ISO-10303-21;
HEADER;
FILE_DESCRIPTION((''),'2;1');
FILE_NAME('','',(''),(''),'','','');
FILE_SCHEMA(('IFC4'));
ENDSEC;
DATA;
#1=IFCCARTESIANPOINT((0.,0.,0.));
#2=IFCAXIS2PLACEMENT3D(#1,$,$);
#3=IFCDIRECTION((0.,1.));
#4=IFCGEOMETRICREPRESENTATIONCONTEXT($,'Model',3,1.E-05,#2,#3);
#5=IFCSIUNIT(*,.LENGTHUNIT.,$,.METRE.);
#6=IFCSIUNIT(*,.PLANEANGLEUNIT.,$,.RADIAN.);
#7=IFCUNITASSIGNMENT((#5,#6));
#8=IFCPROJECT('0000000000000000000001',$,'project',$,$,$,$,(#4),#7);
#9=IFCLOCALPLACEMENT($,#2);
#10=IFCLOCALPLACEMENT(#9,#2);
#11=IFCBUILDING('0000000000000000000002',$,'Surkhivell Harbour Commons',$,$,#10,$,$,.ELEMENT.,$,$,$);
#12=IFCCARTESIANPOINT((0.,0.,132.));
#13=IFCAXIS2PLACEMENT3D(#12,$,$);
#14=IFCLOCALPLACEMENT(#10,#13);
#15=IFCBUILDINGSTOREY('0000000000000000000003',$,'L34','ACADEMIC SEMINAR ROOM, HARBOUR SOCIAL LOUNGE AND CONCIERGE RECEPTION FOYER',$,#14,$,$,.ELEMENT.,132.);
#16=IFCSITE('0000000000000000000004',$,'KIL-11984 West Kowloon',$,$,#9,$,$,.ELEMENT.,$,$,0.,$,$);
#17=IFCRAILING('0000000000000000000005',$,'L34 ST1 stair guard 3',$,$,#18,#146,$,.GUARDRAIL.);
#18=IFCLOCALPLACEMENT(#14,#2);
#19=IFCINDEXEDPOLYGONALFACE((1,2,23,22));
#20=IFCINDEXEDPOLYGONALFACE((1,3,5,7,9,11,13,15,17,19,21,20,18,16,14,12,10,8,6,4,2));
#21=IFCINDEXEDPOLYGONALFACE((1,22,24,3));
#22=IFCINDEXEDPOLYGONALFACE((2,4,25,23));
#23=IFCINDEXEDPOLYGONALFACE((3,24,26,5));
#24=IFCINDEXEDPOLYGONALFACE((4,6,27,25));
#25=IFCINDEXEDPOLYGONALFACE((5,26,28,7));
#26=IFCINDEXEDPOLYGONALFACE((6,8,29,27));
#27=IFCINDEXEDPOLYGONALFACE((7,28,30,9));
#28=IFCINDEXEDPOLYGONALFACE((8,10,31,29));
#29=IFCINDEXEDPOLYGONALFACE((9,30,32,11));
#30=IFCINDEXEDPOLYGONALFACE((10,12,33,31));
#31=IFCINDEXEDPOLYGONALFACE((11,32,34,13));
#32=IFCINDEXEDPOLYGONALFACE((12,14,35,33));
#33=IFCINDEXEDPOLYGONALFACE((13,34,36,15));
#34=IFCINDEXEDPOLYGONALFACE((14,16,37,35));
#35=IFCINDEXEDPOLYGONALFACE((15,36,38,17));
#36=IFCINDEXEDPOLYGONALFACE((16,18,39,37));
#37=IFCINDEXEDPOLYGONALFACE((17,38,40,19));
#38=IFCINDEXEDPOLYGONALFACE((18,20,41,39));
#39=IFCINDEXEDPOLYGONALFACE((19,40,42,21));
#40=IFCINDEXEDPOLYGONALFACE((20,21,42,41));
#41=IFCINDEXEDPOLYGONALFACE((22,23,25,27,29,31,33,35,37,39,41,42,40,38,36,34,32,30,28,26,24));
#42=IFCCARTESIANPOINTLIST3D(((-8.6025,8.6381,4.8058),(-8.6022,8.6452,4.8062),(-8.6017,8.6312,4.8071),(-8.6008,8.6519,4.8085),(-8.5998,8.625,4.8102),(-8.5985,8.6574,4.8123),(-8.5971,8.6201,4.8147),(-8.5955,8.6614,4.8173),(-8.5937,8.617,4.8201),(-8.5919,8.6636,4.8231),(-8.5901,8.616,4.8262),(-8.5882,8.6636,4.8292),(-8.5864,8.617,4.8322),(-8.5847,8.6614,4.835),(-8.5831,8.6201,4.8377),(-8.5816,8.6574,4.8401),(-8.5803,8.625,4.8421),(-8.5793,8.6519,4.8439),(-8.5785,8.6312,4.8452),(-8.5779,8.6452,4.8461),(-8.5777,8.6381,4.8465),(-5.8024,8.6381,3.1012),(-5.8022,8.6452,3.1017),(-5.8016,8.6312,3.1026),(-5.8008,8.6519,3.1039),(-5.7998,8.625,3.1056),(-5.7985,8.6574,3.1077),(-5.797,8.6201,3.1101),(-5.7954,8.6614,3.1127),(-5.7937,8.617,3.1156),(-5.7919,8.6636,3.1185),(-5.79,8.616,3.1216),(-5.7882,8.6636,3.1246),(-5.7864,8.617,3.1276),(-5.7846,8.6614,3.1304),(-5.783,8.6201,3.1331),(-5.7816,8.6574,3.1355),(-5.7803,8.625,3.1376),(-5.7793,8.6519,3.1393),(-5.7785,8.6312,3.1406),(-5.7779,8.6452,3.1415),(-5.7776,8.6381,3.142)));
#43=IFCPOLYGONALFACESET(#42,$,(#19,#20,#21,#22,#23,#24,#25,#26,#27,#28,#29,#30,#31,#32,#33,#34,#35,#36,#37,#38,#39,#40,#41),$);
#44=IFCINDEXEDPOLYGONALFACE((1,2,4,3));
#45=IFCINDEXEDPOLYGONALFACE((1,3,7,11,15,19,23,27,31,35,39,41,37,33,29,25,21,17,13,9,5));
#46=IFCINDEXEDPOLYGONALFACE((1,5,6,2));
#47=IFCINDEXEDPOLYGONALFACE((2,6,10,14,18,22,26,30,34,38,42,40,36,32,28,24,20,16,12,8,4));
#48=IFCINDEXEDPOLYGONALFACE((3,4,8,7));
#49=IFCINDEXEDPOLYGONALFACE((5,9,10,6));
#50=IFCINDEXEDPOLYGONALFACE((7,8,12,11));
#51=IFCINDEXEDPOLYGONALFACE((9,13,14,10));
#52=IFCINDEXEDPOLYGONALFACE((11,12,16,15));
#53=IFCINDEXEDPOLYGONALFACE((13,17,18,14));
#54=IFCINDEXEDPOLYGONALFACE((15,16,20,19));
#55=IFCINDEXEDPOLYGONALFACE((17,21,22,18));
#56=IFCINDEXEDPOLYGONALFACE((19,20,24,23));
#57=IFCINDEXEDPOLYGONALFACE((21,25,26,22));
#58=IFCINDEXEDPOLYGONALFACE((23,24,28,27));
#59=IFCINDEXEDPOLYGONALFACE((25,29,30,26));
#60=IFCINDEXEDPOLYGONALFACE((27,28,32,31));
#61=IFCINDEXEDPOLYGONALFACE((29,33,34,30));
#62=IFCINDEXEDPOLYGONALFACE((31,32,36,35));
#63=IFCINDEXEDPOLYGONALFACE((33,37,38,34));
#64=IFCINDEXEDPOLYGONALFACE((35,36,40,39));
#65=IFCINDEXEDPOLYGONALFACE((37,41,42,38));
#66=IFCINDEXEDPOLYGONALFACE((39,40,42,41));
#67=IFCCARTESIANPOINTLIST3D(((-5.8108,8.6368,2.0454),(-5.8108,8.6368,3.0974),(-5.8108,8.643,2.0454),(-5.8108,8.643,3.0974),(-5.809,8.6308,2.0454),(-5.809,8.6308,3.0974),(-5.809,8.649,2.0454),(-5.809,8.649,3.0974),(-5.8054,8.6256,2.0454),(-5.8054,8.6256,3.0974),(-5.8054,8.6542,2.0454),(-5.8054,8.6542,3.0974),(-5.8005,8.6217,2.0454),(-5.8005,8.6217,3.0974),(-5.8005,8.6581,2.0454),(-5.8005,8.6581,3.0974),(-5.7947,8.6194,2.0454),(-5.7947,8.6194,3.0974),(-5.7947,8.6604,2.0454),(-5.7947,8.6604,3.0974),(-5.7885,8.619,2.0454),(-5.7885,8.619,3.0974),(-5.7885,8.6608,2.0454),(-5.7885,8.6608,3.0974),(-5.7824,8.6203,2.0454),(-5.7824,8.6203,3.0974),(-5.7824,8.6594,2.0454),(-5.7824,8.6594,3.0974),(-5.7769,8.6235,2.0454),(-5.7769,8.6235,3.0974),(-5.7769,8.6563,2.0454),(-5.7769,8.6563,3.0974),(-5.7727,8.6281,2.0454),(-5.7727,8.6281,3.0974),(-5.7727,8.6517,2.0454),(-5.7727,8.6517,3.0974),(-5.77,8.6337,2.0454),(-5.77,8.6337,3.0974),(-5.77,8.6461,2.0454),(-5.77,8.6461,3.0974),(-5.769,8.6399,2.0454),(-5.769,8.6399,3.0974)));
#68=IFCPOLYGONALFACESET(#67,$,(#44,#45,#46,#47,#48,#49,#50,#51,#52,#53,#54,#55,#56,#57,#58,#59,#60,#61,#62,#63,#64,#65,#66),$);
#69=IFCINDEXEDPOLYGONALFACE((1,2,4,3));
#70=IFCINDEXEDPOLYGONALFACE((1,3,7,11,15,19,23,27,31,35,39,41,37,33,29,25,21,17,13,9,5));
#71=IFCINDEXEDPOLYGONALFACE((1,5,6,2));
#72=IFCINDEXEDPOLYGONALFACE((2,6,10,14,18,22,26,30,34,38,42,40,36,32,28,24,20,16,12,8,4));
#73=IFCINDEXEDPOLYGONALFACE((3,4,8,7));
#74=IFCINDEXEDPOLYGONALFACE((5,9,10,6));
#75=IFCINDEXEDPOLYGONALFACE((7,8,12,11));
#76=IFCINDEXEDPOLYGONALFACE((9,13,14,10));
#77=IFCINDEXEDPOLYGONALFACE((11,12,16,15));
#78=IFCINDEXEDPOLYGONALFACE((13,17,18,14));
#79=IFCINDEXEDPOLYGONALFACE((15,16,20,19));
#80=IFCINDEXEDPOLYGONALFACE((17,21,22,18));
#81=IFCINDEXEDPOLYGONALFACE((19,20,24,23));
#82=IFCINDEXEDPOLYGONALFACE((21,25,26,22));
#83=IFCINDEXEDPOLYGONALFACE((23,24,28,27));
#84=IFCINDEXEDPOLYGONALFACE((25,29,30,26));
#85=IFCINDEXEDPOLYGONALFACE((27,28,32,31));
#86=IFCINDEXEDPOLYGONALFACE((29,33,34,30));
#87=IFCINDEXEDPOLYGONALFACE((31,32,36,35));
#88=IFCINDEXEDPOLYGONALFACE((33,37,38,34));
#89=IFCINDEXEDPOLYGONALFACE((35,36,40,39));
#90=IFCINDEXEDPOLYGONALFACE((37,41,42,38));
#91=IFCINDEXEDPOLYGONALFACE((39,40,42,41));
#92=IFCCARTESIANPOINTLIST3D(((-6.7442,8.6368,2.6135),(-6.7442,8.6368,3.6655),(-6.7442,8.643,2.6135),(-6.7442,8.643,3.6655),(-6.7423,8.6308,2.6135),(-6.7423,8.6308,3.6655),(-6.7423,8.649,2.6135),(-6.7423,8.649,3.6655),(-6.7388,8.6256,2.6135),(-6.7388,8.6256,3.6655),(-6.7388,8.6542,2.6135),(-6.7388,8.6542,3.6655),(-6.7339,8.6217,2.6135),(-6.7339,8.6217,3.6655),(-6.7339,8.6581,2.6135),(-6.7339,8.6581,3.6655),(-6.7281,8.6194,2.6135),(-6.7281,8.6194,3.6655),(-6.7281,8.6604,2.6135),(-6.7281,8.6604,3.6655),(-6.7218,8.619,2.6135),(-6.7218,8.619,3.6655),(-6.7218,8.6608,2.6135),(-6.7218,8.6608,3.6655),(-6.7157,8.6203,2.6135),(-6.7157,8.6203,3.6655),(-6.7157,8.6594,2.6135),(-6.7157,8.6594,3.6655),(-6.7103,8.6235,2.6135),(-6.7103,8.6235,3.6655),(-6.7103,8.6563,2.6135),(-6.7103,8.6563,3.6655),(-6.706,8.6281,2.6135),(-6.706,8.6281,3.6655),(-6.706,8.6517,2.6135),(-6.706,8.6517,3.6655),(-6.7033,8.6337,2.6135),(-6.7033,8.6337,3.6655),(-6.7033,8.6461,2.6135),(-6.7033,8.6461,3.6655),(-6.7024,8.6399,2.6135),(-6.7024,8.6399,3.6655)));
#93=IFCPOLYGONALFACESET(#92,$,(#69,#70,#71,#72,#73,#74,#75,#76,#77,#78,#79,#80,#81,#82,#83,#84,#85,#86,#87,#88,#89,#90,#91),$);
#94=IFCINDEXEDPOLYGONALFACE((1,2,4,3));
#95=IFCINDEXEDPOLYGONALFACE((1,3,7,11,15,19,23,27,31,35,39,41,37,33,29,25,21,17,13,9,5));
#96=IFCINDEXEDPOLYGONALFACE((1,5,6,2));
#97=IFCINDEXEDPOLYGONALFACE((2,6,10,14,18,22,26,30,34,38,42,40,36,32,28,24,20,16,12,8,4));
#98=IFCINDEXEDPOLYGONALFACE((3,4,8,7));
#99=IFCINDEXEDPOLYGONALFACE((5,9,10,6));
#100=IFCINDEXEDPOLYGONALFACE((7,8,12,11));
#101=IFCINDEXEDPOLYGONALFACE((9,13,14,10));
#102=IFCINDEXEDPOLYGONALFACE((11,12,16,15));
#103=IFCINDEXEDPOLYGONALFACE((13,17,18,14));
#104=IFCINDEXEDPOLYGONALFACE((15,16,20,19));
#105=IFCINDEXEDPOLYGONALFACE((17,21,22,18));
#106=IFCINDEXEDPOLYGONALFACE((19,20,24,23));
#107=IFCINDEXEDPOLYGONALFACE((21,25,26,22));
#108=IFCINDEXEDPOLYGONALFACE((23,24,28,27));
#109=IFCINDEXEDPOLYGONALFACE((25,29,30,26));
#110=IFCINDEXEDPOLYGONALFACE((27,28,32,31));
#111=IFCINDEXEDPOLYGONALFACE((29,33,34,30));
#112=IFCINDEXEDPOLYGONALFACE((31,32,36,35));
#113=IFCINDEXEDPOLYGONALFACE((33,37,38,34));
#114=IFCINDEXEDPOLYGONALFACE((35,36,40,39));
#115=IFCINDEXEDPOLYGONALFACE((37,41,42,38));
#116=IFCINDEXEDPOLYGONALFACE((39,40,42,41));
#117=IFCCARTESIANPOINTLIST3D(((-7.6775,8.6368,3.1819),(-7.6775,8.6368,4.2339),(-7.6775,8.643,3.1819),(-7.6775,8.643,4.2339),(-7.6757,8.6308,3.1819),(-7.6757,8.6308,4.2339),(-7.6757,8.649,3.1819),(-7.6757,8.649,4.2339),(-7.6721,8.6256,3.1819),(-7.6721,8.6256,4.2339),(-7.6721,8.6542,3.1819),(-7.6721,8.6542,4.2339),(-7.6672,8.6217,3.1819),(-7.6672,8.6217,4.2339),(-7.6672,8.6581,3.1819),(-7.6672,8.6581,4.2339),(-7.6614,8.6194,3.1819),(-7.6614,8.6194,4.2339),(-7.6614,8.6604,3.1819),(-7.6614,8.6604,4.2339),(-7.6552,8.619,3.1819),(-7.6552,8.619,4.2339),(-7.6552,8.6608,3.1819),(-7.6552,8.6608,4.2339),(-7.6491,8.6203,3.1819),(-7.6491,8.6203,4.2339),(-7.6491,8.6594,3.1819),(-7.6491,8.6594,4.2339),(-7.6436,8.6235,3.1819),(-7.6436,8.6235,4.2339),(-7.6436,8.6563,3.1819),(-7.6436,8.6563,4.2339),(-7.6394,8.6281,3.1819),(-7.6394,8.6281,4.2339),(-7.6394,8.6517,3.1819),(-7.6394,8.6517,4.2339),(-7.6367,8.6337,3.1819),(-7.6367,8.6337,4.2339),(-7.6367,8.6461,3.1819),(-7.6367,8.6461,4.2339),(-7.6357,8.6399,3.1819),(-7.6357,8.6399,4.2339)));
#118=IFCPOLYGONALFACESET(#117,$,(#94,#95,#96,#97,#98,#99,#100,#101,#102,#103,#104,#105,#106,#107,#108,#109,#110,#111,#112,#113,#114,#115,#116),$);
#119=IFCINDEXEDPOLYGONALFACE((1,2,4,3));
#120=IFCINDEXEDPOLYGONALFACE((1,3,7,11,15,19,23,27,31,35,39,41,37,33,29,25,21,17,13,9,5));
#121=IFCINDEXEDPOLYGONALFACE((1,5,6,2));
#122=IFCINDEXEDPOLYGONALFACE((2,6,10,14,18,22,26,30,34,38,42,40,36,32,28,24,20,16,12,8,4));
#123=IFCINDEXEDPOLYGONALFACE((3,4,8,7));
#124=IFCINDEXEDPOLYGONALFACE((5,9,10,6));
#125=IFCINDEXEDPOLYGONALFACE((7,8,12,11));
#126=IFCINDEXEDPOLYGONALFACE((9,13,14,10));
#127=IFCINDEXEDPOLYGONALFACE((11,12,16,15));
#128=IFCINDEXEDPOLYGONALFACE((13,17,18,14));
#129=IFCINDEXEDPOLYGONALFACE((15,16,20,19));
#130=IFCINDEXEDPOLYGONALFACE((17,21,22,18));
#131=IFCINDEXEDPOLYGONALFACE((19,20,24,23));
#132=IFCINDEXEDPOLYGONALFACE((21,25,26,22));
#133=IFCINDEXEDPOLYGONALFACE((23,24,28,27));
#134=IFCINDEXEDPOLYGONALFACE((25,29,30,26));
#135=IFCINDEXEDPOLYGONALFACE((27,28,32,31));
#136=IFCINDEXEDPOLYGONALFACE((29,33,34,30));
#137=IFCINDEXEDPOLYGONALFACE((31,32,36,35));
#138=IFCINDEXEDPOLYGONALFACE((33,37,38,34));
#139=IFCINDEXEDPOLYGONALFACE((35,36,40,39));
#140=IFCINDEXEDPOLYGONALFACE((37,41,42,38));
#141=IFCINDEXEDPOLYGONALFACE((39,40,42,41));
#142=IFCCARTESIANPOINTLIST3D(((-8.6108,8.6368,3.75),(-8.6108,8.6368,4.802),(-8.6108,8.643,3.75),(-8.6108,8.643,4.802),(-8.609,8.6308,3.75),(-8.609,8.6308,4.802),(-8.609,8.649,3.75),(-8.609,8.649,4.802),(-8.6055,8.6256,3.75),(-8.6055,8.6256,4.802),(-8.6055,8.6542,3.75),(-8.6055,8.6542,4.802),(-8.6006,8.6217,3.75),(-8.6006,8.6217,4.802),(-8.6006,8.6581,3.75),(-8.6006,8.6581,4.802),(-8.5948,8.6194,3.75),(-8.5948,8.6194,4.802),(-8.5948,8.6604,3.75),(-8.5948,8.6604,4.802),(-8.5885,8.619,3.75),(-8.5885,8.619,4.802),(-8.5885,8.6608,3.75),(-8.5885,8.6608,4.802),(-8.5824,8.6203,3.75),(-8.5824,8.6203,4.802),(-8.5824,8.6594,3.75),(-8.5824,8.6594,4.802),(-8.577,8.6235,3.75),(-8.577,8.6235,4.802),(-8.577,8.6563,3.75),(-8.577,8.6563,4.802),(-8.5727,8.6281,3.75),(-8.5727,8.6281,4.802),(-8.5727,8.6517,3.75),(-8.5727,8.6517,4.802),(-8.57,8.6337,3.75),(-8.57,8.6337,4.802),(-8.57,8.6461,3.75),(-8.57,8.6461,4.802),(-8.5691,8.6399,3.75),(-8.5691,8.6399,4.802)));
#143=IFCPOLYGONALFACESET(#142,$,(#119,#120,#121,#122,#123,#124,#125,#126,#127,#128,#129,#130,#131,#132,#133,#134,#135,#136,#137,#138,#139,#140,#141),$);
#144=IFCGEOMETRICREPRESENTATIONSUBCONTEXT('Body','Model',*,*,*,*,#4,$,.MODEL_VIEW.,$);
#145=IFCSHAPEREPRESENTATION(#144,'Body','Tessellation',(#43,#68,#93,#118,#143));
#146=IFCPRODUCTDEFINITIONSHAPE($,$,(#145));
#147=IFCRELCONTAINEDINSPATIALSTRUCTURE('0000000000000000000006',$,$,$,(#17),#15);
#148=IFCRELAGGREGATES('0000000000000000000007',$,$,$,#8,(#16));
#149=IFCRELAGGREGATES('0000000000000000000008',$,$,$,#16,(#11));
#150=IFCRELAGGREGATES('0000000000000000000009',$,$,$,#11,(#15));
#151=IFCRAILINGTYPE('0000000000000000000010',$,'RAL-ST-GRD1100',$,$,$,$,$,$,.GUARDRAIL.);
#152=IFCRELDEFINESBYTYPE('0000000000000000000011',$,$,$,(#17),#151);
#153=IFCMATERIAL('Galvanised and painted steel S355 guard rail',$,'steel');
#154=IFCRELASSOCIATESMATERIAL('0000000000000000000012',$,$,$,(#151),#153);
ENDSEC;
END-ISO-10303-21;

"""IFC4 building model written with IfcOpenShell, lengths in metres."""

from ifc_helpers import new_model, si_unit, direction, frame, origin, origin_2d, place, context, subcontext, project, spatial, circle, extrude, material, type_object, element, save


model = new_model("IFC4")

# Units and contexts
model_context = context("Model", 3, precision=1e-05, world=origin(), true_north=direction((0.0, 1.0)))
body_context = subcontext(model_context, "Body", "Model", "MODEL_VIEW")
ifc_project = project(units=[si_unit("LENGTHUNIT", "METRE"), si_unit("PLANEANGLEUNIT", "RADIAN")], contexts=[model_context])

# Site, building, storey
site_placement = place(None, origin())
site = spatial("IfcSite", under=ifc_project, at=site_placement, Name="KIL-11984 West Kowloon", CompositionType="ELEMENT", RefElevation=0.0)
building_placement = place(site_placement, origin())
building = spatial("IfcBuilding", under=site, at=building_placement, Name="Surkhivell Harbour Commons", CompositionType="ELEMENT")
storey_placement = place(building_placement, frame((0.0, 0.0, 132.0)))
storey = spatial("IfcBuildingStorey", under=building, at=storey_placement, Name="L34", Description="ACADEMIC SEMINAR ROOM, HARBOUR SOCIAL LOUNGE AND CONCIERGE RECEPTION FOYER", CompositionType="ELEMENT", Elevation=132.0)

# Railing
ifc_material_1 = material(Name="Galvanised and painted steel S355 guard rail", Category="steel")
railing_type_1 = type_object("IfcRailingType", Name="RAL-ST-GRD1100", PredefinedType="GUARDRAIL", material=ifc_material_1)
railing_1_placement = place(storey_placement, frame((-5.79, 8.6399, 2.0454)))
element("IfcRailing", 1, at=railing_1_placement, inside=storey, type_object=railing_type_1, Name="L34 ST1 stair guard 3", PredefinedType="GUARDRAIL", context=body_context, shape_type="SweptSolid", body=[
    extrude(circle(Radius=0.0239, at=origin_2d()), frame((0.0, 0.0, 1.0762), z_axis=(-0.85417, 0.0, 0.519994), x_axis=(0.0, -1.0, 0.0)), (0.0, 0.0, 1.0), 3.2781),
    extrude(circle(Radius=0.021, at=origin_2d()), origin(), (0.0, 0.0, 1.0), 1.052),
    extrude(circle(Radius=0.021, at=origin_2d()), frame((-0.9333, 0.0, 0.5681)), (0.0, 0.0, 1.0), 1.052),
    extrude(circle(Radius=0.021, at=origin_2d()), frame((-1.8667, 0.0, 1.1365)), (0.0, 0.0, 1.0), 1.052),
    extrude(circle(Radius=0.021, at=origin_2d()), frame((-2.8, 0.0, 1.7046)), (0.0, 0.0, 1.0), 1.052),
])

save(model, "model.ifc")
